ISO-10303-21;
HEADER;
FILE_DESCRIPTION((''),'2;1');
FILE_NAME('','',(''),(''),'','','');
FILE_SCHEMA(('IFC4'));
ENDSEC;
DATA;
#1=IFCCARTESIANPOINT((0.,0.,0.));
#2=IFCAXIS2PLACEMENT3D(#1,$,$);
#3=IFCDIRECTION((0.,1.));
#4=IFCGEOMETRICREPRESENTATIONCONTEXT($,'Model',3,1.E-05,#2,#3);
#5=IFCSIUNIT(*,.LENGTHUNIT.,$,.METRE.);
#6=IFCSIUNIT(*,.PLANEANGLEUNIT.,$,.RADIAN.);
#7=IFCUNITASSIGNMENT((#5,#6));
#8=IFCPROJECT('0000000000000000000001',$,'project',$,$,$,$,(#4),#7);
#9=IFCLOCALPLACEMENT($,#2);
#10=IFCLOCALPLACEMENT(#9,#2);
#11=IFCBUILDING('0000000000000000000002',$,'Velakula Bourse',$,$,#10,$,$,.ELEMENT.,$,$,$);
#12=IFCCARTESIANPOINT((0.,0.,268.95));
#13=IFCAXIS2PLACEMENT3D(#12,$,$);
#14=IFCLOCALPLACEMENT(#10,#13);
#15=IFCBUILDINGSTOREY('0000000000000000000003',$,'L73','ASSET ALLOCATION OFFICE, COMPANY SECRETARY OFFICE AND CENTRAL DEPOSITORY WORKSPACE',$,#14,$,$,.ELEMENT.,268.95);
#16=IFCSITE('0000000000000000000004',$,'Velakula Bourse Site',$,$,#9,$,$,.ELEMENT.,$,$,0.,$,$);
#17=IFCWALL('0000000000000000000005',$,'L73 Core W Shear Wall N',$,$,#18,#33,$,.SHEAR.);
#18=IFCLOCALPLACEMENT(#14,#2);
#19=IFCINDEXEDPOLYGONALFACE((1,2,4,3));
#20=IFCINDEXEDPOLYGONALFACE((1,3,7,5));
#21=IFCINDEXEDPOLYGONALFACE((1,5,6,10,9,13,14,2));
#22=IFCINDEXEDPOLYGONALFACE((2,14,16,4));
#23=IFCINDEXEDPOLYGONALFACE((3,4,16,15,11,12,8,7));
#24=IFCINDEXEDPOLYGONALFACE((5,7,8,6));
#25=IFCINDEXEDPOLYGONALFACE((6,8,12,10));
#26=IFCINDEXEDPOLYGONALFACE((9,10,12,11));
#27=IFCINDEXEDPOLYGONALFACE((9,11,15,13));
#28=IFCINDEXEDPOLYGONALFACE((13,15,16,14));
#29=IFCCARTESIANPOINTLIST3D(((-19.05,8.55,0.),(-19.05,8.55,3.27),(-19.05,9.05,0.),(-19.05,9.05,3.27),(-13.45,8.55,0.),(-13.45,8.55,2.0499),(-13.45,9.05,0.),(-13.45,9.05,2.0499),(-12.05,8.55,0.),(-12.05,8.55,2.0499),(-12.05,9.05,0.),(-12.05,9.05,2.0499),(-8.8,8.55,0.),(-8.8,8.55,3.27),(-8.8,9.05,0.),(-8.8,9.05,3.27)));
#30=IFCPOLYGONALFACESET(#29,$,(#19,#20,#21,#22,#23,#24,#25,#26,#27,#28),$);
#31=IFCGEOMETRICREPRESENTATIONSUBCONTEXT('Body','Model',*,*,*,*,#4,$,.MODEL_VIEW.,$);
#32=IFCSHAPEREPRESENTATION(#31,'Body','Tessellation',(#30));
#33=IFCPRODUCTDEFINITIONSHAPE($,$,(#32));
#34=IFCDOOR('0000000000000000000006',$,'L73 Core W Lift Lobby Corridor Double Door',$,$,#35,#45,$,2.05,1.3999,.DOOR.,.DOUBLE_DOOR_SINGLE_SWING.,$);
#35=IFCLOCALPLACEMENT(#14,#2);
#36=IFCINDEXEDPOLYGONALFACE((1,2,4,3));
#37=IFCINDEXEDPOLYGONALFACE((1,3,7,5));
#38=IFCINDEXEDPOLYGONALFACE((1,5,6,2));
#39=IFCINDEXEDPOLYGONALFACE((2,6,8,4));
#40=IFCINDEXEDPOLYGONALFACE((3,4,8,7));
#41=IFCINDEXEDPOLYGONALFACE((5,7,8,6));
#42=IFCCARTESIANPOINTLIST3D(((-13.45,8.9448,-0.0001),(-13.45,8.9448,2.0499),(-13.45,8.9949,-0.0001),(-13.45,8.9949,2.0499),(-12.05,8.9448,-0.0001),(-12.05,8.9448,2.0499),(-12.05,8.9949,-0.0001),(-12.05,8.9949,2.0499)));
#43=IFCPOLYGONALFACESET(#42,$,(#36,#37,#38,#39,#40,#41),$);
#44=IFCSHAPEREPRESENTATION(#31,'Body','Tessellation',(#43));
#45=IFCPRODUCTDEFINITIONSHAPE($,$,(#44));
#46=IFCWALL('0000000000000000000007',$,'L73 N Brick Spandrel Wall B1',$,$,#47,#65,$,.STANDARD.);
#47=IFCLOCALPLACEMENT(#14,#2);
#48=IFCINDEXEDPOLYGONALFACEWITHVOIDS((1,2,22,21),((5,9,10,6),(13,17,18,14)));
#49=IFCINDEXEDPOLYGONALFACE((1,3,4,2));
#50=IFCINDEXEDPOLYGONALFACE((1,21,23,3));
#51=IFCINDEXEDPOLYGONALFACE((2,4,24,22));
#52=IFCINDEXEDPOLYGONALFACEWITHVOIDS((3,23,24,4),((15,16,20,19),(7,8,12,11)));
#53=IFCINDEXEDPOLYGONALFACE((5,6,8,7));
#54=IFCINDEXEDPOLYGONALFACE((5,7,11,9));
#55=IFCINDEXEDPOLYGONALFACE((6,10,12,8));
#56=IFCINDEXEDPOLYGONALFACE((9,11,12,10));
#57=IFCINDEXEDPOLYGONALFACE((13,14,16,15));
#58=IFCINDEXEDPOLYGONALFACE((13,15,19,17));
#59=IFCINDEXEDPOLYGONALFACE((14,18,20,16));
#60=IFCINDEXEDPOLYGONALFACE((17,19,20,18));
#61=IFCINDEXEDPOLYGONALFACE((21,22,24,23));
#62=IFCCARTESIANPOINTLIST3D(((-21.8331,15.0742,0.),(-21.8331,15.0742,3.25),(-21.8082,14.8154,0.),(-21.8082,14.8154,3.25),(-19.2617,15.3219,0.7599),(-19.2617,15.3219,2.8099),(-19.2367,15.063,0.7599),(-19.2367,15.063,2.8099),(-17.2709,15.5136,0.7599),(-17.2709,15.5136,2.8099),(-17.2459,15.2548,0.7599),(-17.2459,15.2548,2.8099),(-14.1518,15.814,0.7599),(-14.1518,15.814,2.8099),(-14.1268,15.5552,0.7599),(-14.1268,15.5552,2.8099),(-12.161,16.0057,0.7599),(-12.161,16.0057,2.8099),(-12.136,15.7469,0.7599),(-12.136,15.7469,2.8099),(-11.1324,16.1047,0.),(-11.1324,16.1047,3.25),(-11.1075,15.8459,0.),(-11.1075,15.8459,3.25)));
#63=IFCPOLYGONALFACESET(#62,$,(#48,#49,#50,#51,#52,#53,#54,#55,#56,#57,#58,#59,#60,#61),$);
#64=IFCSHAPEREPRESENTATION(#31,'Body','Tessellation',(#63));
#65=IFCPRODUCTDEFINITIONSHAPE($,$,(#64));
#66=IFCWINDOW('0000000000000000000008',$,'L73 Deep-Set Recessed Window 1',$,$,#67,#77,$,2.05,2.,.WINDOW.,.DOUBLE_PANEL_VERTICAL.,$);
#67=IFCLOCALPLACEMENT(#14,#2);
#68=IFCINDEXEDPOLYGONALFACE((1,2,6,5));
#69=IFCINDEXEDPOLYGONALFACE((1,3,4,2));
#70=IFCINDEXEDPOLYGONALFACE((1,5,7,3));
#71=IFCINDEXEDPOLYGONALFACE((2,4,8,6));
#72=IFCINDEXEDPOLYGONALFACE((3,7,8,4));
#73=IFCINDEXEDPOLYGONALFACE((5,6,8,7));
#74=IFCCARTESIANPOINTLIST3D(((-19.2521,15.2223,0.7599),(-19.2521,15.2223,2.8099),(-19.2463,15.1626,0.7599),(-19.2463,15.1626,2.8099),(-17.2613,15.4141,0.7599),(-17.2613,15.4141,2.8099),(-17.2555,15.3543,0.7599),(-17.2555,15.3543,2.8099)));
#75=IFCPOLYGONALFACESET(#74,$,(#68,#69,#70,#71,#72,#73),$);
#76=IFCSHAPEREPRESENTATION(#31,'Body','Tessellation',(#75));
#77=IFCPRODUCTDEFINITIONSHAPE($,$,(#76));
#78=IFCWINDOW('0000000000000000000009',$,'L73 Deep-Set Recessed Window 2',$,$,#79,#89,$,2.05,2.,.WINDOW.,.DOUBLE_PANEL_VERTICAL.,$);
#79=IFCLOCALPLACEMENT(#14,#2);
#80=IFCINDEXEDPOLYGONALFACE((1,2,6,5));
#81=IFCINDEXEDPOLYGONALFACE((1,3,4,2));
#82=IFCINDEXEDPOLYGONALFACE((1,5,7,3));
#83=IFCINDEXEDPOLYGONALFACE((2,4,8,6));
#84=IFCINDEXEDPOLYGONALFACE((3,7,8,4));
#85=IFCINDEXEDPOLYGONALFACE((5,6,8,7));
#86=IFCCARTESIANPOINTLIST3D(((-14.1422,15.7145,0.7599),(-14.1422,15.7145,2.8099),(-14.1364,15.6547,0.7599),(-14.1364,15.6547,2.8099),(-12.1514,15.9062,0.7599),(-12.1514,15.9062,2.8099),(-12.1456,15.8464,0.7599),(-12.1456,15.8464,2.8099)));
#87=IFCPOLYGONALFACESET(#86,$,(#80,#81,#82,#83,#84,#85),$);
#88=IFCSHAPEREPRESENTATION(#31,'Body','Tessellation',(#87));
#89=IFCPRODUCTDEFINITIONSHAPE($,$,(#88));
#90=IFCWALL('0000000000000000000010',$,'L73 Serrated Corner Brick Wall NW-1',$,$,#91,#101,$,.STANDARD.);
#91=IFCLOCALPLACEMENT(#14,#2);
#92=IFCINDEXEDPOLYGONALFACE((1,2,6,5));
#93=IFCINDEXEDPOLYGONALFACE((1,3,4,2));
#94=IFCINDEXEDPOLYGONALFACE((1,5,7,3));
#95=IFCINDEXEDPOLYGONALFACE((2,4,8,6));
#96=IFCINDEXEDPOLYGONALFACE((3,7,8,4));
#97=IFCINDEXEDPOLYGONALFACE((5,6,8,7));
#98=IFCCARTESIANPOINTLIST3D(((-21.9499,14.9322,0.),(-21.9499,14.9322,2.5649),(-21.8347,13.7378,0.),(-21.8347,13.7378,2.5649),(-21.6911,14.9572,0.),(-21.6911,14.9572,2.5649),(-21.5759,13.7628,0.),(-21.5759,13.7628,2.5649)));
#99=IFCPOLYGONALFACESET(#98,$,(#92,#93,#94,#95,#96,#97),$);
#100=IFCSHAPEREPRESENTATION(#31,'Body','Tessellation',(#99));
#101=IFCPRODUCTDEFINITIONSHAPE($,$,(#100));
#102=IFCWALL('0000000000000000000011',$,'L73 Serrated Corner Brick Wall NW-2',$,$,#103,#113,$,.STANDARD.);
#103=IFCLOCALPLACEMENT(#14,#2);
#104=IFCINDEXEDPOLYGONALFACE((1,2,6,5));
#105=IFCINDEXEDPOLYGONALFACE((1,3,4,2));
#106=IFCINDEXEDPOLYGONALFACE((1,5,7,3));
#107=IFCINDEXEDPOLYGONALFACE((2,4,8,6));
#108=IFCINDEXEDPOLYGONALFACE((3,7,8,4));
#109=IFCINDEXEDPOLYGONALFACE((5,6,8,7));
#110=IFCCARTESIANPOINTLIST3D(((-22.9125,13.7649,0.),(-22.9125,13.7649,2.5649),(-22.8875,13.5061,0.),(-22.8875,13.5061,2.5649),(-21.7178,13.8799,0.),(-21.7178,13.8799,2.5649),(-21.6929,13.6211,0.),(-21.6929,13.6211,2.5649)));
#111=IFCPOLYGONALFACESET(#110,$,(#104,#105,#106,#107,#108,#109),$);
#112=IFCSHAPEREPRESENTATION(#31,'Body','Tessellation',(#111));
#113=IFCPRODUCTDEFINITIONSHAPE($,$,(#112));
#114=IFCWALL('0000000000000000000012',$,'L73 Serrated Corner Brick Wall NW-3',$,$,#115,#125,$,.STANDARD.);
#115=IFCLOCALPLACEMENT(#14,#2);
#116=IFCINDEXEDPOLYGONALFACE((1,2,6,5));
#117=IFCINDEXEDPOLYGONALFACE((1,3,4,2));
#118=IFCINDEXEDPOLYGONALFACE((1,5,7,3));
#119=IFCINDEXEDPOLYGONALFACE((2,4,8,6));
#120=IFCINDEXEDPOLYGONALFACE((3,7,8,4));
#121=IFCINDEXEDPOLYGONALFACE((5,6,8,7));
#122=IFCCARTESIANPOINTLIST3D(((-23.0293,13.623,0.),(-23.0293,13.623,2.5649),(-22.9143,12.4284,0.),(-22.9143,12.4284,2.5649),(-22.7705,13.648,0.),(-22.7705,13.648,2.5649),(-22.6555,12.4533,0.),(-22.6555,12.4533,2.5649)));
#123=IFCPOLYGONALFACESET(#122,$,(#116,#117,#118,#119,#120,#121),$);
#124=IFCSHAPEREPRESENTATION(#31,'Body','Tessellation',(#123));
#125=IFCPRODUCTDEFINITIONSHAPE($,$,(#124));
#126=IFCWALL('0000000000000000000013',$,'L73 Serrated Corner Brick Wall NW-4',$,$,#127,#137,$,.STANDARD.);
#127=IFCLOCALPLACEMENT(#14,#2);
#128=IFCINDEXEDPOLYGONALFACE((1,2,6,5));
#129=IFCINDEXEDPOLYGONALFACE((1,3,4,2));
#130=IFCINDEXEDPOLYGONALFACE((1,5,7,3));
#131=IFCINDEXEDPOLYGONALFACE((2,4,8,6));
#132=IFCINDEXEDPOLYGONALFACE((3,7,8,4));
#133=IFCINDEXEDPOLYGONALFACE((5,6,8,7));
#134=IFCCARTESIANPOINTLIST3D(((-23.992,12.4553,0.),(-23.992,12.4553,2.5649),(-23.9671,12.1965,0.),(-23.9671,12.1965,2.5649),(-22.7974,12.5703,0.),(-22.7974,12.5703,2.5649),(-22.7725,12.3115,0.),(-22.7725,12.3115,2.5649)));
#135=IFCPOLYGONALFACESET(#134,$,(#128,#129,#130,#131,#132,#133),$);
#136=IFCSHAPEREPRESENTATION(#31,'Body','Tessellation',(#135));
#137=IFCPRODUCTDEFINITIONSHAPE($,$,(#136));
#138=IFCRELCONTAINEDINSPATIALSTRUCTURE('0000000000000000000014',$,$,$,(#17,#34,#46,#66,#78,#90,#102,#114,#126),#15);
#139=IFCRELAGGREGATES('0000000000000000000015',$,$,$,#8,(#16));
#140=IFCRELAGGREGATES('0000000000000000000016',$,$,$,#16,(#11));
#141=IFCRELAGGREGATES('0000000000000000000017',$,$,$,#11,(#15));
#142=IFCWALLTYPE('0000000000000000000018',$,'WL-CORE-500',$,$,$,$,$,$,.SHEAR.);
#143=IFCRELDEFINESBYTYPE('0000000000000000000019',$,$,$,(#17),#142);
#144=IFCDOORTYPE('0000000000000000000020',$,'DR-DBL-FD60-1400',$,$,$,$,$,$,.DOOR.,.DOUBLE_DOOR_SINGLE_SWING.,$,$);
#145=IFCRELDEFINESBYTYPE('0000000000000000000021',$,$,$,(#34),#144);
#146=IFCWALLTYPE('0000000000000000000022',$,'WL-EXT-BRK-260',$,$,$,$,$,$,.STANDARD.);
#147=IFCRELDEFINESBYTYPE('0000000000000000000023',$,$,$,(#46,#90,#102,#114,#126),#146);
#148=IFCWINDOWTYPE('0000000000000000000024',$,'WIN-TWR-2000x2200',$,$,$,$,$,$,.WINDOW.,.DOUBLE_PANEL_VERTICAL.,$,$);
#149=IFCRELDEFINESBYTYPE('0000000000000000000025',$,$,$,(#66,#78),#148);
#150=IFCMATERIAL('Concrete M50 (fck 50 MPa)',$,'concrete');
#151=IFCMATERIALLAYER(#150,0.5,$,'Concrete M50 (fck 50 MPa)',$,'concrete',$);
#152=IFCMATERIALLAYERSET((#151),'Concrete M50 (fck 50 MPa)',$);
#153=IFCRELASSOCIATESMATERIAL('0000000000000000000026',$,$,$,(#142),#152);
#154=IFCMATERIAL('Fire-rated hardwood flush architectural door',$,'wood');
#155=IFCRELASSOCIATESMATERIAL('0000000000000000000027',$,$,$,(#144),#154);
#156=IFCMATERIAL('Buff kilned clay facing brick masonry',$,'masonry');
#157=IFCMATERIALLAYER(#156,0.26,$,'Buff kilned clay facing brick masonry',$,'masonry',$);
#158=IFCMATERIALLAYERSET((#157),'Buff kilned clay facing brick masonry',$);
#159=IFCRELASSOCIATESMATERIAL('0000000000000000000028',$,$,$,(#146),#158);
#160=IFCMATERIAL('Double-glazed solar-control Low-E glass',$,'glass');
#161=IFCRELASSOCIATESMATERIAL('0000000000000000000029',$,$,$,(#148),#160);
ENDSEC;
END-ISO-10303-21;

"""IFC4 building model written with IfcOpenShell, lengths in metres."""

from ifc_helpers import new_model, si_unit, direction, frame, frame_2d, origin, place, context, subcontext, project, spatial, rectangle, extrude, material, layer, layer_set, type_object, element, fill, save


model = new_model("IFC4")

# Units and contexts
model_context = context("Model", 3, precision=1e-05, world=origin(), true_north=direction((0.0, 1.0)))
body_context = subcontext(model_context, "Body", "Model", "MODEL_VIEW")
ifc_project = project(units=[si_unit("LENGTHUNIT", "METRE"), si_unit("PLANEANGLEUNIT", "RADIAN")], contexts=[model_context])

# Site, building, storey
site_placement = place(None, origin())
site = spatial("IfcSite", under=ifc_project, at=site_placement, Name="Velakula Bourse Site", CompositionType="ELEMENT", RefElevation=0.0)
building_placement = place(site_placement, origin())
building = spatial("IfcBuilding", under=site, at=building_placement, Name="Velakula Bourse", CompositionType="ELEMENT")
storey_placement = place(building_placement, frame((0.0, 0.0, 268.95)))
storey = spatial("IfcBuildingStorey", under=building, at=storey_placement, Name="L73", Description="ASSET ALLOCATION OFFICE, COMPANY SECRETARY OFFICE AND CENTRAL DEPOSITORY WORKSPACE", CompositionType="ELEMENT", Elevation=268.95)

# Wall, opening, door
ifc_material_1 = material(Name="Concrete M50 (fck 50 MPa)", Category="concrete")
ifc_layer_1 = layer(ifc_material_1, 0.5, Name="Concrete M50 (fck 50 MPa)", Category="concrete")
ifc_layer_set_1 = layer_set([ifc_layer_1], Name="Concrete M50 (fck 50 MPa)")
wall_type_1 = type_object("IfcWallType", Name="WL-CORE-500", PredefinedType="SHEAR", material=ifc_layer_set_1)
wall_1_placement = place(storey_placement, frame((-19.05, 8.8, 0.0), z_axis=(0.0, 0.0, 1.0), x_axis=(1.0, 0.0, 0.0)))
wall_1 = element("IfcWall", 1, at=wall_1_placement, inside=storey, type_object=wall_type_1, Name="L73 Core W Shear Wall N", PredefinedType="SHEAR", context=body_context, shape_type="SweptSolid", body=[
    extrude(rectangle(XDim=10.25, YDim=0.5, at=frame_2d((5.125, 0.0))), origin(), (0.0, 0.0, 1.0), 3.27),
])
opening_1_placement = place(wall_1_placement, frame((5.6001, 0.0, 0.0)))
opening_1 = element("IfcOpeningElement", 2, at=opening_1_placement, cuts=wall_1, PredefinedType="OPENING", context=body_context, shape_type="SweptSolid", body=[
    extrude(rectangle(XDim=1.3999, YDim=2.05, at=frame_2d((0.7, 1.0249))), frame((0.0, 0.26, 0.0), z_axis=(0.0, -1.0, 0.0), x_axis=(1.0, 0.0, 0.0)), (0.0, 0.0, 1.0), 0.52),
])
ifc_material_2 = material(Name="Fire-rated hardwood flush architectural door", Category="wood")
door_type_1 = type_object("IfcDoorType", Name="DR-DBL-FD60-1400", OperationType="DOUBLE_DOOR_SINGLE_SWING", PredefinedType="DOOR", material=ifc_material_2)
door_1_placement = place(opening_1_placement, origin())
door_1 = element("IfcDoor", 3, at=door_1_placement, inside=storey, type_object=door_type_1, Name="L73 Core W Lift Lobby Corridor Double Door", OperationType="DOUBLE_DOOR_SINGLE_SWING", OverallHeight=2.05, OverallWidth=1.3999, PredefinedType="DOOR", context=body_context, shape_type="SweptSolid", body=[
    extrude(rectangle(XDim=1.3999, YDim=2.05, at=frame_2d((0.7, 1.0249))), frame((0.0, 0.1948, 0.0), z_axis=(0.0, -1.0, 0.0), x_axis=(1.0, 0.0, 0.0)), (0.0, 0.0, 1.0), 0.05),
])
fill(opening_1, door_1)

# Wall, openings, windows
ifc_material_3 = material(Name="Buff kilned clay facing brick masonry", Category="masonry")
ifc_layer_2 = layer(ifc_material_3, 0.26, Name="Buff kilned clay facing brick masonry", Category="masonry")
ifc_layer_set_2 = layer_set([ifc_layer_2], Name="Buff kilned clay facing brick masonry")
wall_type_2 = type_object("IfcWallType", Name="WL-EXT-BRK-260", PredefinedType="STANDARD", material=ifc_layer_set_2)
wall_2_placement = place(storey_placement, frame((-21.8206, 14.9448, 0.0), z_axis=(0.0, 0.0, 1.0), x_axis=(0.995395, 0.09586, 0.0)))
wall_2 = element("IfcWall", 4, at=wall_2_placement, inside=storey, type_object=wall_type_2, Name="L73 N Brick Spandrel Wall B1", PredefinedType="STANDARD", context=body_context, shape_type="SweptSolid", body=[
    extrude(rectangle(XDim=10.7502, YDim=0.26, at=frame_2d((5.375, 0.0))), origin(), (0.0, 0.0, 1.0), 3.25),
])
opening_2_placement = place(wall_2_placement, frame((2.5833, 0.0, 0.76)))
opening_2 = element("IfcOpeningElement", 5, at=opening_2_placement, cuts=wall_2, PredefinedType="OPENING", context=body_context, shape_type="SweptSolid", body=[
    extrude(rectangle(XDim=2.0, YDim=2.05, at=frame_2d((1.0, 1.0249))), frame((0.0, 0.1399, 0.0), z_axis=(0.0, -1.0, 0.0), x_axis=(1.0, 0.0, 0.0)), (0.0, 0.0, 1.0), 0.28),
])
opening_3_placement = place(wall_2_placement, frame((7.7168, 0.0, 0.76)))
opening_3 = element("IfcOpeningElement", 6, at=opening_3_placement, cuts=wall_2, PredefinedType="OPENING", context=body_context, shape_type="SweptSolid", body=[
    extrude(rectangle(XDim=2.0, YDim=2.05, at=frame_2d((1.0, 1.0249))), frame((0.0, 0.1399, 0.0), z_axis=(0.0, -1.0, 0.0), x_axis=(1.0, 0.0, 0.0)), (0.0, 0.0, 1.0), 0.28),
])
ifc_material_4 = material(Name="Double-glazed solar-control Low-E glass", Category="glass")
window_type = type_object("IfcWindowType", Name="WIN-TWR-2000x2200", PartitioningType="DOUBLE_PANEL_VERTICAL", PredefinedType="WINDOW", material=ifc_material_4)
window_1_placement = place(opening_2_placement, origin())
window_1 = element("IfcWindow", 7, at=window_1_placement, inside=storey, type_object=window_type, Name="L73 Deep-Set Recessed Window 1", OverallHeight=2.05, OverallWidth=2.0, PartitioningType="DOUBLE_PANEL_VERTICAL", PredefinedType="WINDOW", context=body_context, shape_type="SweptSolid", body=[
    extrude(rectangle(XDim=2.0, YDim=2.05, at=frame_2d((1.0, 1.0249))), frame((0.0, 0.03, 0.0), z_axis=(0.0, -1.0, 0.0), x_axis=(1.0, 0.0, 0.0)), (0.0, 0.0, 1.0), 0.0601),
])
fill(opening_2, window_1)
window_2_placement = place(opening_3_placement, origin())
window_2 = element("IfcWindow", 8, at=window_2_placement, inside=storey, type_object=window_type, Name="L73 Deep-Set Recessed Window 2", OverallHeight=2.05, OverallWidth=2.0, PartitioningType="DOUBLE_PANEL_VERTICAL", PredefinedType="WINDOW", context=body_context, shape_type="SweptSolid", body=[
    extrude(rectangle(XDim=2.0, YDim=2.05, at=frame_2d((1.0, 1.0249))), frame((0.0, 0.03, 0.0), z_axis=(0.0, -1.0, 0.0), x_axis=(1.0, 0.0, 0.0)), (0.0, 0.0, 1.0), 0.0601),
])
fill(opening_3, window_2)

# Walls
wall_3_placement = place(storey_placement, frame((-21.8206, 14.9448, 0.0), z_axis=(0.0, 0.0, 1.0), x_axis=(0.096038, -0.995378, 0.0)))
element("IfcWall", 9, at=wall_3_placement, inside=storey, type_object=wall_type_2, Name="L73 Serrated Corner Brick Wall NW-1", PredefinedType="STANDARD", context=body_context, shape_type="SweptSolid", body=[
    extrude(rectangle(XDim=1.2, YDim=0.26, at=frame_2d((0.6001, 0.0))), origin(), (0.0, 0.0, 1.0), 2.5649),
])
for number, where, z_axis, x_axis, name in (
    (10, (-21.7053, 13.7505, 0.0), (0.0, 0.0, 1.0), (-0.995399, -0.095817, 0.0), "L73 Serrated Corner Brick Wall NW-2"),
    (11, (-22.8999, 13.6355, 0.0), (0.0, 0.0, 1.0), (0.095817, -0.995399, 0.0), "L73 Serrated Corner Brick Wall NW-3"),
    (12, (-22.7849, 12.4409, 0.0), (0.0, 0.0, 1.0), (-0.995399, -0.095817, 0.0), "L73 Serrated Corner Brick Wall NW-4"),
):
    element("IfcWall", number, at=place(storey_placement, frame(where, z_axis=z_axis, x_axis=x_axis)), inside=storey, type_object=wall_type_2, Name=name, PredefinedType="STANDARD", context=body_context, shape_type="SweptSolid", body=[
        extrude(rectangle(XDim=1.2002, YDim=0.26, at=frame_2d((0.6001, 0.0))), origin(), (0.0, 0.0, 1.0), 2.5649),
    ])

save(model, "model.ifc")
